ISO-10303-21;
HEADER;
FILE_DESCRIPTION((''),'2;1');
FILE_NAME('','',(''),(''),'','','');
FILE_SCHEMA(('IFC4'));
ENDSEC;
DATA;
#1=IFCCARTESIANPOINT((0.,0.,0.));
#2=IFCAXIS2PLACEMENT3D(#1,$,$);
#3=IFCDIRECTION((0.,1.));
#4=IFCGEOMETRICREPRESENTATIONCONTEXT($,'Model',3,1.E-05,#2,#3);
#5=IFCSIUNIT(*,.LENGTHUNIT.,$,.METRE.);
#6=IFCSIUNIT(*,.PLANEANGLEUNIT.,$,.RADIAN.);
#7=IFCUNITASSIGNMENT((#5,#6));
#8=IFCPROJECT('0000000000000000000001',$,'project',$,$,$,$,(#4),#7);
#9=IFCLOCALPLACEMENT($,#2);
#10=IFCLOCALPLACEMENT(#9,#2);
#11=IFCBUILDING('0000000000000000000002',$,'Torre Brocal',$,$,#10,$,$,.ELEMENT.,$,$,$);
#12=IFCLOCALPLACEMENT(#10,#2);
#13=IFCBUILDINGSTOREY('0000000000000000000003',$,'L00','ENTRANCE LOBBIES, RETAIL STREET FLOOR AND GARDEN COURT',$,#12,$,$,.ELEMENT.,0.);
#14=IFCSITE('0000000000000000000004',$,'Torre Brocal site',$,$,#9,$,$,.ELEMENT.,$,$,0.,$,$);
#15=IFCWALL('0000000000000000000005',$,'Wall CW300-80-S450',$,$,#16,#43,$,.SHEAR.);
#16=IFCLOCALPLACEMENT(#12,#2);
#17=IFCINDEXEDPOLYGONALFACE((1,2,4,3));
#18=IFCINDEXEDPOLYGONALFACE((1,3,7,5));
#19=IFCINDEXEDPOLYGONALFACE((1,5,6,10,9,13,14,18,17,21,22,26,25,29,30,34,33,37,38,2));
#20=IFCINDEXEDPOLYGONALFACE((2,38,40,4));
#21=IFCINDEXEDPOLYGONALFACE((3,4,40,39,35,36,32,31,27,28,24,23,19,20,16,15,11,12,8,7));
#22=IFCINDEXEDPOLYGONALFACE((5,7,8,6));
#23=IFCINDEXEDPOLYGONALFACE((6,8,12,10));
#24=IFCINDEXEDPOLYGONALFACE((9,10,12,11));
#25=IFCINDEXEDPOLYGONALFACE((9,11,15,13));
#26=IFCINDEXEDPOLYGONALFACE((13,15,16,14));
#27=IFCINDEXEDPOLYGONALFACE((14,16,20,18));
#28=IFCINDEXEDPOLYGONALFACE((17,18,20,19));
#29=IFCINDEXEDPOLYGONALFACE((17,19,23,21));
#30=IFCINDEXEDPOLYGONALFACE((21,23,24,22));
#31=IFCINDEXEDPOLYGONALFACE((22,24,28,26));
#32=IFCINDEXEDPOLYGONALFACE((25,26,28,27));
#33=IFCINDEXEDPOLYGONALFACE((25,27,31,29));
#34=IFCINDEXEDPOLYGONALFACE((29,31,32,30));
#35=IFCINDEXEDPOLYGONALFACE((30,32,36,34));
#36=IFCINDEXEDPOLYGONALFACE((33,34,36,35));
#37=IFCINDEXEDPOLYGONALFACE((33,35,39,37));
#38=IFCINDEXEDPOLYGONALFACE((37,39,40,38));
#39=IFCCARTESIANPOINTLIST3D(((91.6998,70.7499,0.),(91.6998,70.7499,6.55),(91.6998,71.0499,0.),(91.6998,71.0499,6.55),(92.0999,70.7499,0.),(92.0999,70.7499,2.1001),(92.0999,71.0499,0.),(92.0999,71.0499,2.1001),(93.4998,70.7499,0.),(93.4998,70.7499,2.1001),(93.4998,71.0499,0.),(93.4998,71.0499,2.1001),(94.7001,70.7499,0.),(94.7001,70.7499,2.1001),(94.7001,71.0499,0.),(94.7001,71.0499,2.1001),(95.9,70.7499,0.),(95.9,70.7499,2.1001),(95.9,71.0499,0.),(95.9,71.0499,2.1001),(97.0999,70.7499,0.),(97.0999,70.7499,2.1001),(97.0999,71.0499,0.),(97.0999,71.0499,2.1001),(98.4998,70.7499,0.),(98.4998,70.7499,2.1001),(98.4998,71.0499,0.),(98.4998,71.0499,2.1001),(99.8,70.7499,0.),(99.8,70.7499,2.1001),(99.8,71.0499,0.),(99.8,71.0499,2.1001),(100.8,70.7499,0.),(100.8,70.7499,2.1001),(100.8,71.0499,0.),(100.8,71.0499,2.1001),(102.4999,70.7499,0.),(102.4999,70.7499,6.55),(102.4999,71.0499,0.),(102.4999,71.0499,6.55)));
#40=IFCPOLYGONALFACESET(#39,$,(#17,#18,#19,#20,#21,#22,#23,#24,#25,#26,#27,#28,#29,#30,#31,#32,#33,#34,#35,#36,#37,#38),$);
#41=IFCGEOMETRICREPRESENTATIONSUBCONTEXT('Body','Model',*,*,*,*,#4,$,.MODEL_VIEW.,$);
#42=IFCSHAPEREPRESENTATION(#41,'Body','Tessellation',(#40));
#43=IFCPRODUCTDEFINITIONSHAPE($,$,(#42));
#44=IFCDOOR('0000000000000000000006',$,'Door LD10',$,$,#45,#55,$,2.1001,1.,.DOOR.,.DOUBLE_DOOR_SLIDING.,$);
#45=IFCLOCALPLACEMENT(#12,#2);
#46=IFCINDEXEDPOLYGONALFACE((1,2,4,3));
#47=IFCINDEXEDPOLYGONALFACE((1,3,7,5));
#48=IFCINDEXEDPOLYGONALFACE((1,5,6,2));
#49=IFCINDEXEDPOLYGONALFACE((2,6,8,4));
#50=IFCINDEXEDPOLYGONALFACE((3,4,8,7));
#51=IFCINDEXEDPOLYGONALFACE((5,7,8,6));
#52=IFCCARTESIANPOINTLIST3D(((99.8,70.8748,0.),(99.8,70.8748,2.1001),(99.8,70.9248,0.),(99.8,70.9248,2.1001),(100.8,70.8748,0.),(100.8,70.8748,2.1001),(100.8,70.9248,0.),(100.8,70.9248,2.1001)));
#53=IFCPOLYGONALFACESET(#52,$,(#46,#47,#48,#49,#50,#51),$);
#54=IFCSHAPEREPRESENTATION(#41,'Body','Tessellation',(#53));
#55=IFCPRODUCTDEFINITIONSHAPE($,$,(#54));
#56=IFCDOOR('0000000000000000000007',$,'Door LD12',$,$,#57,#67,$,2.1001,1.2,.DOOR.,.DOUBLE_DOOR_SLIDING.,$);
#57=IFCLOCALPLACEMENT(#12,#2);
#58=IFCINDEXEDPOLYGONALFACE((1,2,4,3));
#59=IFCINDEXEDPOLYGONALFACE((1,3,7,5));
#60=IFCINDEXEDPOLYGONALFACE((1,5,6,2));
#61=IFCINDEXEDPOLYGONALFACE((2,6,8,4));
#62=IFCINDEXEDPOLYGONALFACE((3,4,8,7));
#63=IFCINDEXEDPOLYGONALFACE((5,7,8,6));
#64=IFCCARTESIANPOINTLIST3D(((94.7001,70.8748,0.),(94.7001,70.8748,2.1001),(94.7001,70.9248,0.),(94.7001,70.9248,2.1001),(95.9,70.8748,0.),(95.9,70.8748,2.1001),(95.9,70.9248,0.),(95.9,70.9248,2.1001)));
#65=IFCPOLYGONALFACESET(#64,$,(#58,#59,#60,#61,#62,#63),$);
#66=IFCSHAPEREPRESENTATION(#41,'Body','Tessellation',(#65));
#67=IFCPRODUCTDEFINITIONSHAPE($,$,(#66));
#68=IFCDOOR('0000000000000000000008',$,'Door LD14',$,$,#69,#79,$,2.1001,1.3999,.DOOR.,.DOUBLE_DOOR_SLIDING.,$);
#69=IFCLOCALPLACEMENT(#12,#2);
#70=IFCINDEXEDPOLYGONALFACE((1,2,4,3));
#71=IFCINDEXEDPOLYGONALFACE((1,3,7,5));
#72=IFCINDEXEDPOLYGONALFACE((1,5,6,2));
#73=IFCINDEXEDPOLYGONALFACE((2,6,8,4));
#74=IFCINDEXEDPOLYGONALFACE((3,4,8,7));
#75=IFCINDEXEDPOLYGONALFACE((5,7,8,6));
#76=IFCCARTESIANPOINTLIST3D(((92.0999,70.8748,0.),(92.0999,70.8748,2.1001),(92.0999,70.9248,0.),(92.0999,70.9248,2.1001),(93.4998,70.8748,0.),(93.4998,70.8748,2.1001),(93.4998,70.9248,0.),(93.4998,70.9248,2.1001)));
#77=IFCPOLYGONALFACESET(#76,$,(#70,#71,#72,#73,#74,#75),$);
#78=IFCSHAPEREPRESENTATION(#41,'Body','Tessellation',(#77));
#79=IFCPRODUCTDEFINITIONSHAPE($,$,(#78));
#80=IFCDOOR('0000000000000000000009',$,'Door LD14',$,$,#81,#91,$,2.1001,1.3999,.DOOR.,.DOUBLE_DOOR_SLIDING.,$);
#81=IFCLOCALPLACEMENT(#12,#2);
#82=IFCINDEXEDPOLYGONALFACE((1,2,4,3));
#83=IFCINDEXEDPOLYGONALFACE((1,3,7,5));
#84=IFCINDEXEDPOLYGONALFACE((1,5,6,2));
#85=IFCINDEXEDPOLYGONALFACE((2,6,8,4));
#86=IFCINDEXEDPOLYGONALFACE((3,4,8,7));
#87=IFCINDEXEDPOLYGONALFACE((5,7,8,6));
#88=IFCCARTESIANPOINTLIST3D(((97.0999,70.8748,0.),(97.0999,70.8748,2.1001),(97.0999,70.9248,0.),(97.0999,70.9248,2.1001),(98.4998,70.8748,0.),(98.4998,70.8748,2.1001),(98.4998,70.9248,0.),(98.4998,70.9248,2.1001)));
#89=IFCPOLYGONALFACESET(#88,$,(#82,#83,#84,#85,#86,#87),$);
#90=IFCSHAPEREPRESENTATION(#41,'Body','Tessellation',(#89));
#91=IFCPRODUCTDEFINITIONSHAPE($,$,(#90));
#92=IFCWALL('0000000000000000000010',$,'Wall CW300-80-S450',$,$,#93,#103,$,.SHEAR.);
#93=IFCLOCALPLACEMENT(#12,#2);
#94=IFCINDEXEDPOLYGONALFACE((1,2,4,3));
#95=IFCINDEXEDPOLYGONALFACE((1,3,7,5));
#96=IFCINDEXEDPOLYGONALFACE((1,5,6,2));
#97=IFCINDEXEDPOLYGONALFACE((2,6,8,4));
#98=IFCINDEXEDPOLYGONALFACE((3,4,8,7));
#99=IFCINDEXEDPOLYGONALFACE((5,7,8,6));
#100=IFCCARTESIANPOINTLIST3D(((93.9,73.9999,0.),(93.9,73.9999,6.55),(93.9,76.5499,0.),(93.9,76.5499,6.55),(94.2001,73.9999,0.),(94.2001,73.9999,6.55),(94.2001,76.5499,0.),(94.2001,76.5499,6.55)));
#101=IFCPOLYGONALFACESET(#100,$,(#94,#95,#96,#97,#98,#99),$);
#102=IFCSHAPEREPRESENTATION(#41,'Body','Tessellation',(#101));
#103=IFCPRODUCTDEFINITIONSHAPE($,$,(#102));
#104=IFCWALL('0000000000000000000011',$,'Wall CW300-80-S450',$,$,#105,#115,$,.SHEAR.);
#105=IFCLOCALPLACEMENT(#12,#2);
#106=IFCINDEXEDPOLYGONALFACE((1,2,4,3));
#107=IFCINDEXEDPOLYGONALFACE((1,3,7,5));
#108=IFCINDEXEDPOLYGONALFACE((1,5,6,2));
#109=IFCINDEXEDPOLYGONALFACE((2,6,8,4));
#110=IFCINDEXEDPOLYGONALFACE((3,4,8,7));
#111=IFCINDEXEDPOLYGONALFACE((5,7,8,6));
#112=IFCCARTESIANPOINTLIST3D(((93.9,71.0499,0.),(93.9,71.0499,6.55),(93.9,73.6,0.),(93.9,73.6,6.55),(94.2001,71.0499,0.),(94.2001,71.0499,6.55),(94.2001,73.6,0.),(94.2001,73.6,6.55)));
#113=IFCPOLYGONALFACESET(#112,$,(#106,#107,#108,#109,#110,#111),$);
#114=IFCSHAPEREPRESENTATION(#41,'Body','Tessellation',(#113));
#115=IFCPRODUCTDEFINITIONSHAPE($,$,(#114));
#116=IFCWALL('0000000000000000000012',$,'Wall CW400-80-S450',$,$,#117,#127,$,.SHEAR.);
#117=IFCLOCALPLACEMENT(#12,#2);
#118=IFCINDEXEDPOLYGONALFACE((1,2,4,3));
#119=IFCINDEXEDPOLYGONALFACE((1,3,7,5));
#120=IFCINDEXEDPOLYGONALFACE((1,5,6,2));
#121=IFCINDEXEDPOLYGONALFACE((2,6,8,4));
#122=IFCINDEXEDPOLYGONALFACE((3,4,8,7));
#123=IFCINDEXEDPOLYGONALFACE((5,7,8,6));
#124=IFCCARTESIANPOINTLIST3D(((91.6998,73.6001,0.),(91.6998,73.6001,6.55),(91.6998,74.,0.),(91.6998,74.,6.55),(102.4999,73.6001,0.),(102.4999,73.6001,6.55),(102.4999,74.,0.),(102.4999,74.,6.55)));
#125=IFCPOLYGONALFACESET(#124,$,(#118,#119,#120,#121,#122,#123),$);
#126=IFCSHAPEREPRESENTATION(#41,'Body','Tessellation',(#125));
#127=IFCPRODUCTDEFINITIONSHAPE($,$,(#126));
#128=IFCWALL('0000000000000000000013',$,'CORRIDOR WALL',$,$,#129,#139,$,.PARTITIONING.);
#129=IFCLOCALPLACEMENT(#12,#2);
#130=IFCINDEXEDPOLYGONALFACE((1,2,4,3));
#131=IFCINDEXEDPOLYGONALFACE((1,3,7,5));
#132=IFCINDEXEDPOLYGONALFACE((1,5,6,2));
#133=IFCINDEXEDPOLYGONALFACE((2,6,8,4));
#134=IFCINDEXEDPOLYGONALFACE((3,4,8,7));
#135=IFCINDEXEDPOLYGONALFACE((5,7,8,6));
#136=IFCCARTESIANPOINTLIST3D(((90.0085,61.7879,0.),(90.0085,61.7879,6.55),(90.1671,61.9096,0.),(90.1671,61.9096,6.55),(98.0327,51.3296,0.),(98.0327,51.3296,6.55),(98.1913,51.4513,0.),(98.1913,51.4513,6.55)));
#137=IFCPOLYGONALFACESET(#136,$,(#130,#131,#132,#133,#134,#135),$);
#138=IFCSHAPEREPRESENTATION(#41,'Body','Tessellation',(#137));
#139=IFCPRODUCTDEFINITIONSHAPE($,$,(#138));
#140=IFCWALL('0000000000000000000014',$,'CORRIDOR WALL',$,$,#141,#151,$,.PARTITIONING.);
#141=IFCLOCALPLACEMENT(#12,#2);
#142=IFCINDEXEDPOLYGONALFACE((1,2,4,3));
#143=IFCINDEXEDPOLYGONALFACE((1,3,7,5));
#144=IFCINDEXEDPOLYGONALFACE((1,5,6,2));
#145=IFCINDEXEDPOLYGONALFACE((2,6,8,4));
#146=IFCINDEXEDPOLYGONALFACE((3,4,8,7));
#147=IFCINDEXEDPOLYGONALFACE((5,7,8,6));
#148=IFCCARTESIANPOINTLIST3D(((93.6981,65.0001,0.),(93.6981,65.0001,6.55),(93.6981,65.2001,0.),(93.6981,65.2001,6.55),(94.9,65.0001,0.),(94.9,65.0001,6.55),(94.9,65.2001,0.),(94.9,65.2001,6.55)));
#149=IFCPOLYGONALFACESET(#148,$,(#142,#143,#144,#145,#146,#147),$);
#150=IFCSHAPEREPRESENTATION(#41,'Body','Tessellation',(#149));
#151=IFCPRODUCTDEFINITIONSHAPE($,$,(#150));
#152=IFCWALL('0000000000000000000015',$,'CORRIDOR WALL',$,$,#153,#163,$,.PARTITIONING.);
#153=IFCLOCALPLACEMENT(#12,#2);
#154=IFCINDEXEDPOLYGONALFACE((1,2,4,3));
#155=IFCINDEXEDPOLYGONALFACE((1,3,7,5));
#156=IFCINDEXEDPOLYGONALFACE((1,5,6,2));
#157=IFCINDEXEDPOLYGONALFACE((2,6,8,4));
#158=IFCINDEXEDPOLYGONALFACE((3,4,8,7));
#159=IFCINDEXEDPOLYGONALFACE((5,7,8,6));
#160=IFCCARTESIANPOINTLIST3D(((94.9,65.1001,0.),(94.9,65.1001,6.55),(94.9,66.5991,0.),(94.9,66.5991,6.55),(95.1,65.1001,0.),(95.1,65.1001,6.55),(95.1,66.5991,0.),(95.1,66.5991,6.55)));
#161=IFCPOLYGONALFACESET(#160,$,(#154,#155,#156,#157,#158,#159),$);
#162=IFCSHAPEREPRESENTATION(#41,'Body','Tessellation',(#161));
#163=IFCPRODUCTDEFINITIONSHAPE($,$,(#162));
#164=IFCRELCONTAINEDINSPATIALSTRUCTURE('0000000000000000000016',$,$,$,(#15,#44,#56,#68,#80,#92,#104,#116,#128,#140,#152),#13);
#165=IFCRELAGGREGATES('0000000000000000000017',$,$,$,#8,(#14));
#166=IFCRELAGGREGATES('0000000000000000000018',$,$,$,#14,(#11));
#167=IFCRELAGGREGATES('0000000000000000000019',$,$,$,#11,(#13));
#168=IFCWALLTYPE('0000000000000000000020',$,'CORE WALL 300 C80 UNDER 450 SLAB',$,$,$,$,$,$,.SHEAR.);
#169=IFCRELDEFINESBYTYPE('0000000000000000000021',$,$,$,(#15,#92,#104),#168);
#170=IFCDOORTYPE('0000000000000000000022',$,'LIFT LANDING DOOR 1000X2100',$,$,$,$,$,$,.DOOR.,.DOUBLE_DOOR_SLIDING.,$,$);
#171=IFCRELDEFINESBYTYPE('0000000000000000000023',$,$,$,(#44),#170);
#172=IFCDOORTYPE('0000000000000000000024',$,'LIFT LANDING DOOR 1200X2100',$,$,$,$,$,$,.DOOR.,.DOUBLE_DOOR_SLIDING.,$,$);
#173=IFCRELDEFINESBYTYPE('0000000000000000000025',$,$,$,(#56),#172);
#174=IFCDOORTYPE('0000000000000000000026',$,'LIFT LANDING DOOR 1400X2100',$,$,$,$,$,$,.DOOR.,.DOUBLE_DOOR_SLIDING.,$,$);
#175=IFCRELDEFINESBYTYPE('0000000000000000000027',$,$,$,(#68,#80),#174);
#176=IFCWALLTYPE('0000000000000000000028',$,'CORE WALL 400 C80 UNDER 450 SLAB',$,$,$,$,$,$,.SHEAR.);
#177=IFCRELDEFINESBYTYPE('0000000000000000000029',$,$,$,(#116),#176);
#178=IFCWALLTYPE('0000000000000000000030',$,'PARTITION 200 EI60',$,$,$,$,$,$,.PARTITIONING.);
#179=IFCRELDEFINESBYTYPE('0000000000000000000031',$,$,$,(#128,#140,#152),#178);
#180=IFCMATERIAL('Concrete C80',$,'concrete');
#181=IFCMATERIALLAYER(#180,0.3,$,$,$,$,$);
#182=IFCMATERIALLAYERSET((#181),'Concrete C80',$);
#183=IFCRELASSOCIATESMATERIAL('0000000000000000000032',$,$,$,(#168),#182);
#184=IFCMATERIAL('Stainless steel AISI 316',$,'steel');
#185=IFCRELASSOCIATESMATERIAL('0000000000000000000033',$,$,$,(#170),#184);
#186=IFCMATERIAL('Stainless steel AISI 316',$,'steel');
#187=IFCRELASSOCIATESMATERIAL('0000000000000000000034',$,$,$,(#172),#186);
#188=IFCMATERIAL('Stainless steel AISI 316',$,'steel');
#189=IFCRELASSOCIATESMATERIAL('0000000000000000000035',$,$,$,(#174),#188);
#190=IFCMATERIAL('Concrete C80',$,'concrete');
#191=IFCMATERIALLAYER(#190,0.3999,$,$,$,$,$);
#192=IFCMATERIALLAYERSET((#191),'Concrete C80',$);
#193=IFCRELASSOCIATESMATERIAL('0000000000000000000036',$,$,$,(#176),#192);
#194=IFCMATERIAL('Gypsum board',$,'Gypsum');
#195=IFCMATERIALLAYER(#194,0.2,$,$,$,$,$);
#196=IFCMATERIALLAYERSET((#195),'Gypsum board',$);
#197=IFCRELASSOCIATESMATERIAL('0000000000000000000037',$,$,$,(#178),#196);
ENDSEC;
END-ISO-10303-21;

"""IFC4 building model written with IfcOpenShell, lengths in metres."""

from ifc_helpers import new_model, si_unit, direction, frame, frame_2d, origin, place, context, subcontext, project, spatial, rectangle, extrude, material, layer, layer_set, type_object, element, fill, save


model = new_model("IFC4")

# Units and contexts
model_context = context("Model", 3, precision=1e-05, world=origin(), true_north=direction((0.0, 1.0)))
body_context = subcontext(model_context, "Body", "Model", "MODEL_VIEW")
ifc_project = project(units=[si_unit("LENGTHUNIT", "METRE"), si_unit("PLANEANGLEUNIT", "RADIAN")], contexts=[model_context])

# Site, building, storey
site_placement = place(None, origin())
site = spatial("IfcSite", under=ifc_project, at=site_placement, Name="Torre Brocal site", CompositionType="ELEMENT", RefElevation=0.0)
building_placement = place(site_placement, origin())
building = spatial("IfcBuilding", under=site, at=building_placement, Name="Torre Brocal", CompositionType="ELEMENT")
storey_placement = place(building_placement, origin())
storey = spatial("IfcBuildingStorey", under=building, at=storey_placement, Name="L00", Description="ENTRANCE LOBBIES, RETAIL STREET FLOOR AND GARDEN COURT", CompositionType="ELEMENT", Elevation=0.0)

# Shared definitions
ifc_material_1 = material(Name="Concrete C80", Category="concrete")
ifc_layer_1 = layer(ifc_material_1, 0.3)
ifc_layer_set_1 = layer_set([ifc_layer_1], Name="Concrete C80")
wall_type_1 = type_object("IfcWallType", Name="CORE WALL 300 C80 UNDER 450 SLAB", PredefinedType="SHEAR", material=ifc_layer_set_1)

# Wall, openings, doors
wall_1_placement = place(storey_placement, frame((91.7, 70.8999, 0.0), z_axis=(0.0, 0.0, 1.0), x_axis=(1.0, 0.0, 0.0)))
wall_1 = element("IfcWall", 1, at=wall_1_placement, inside=storey, type_object=wall_type_1, Name="Wall CW300-80-S450", PredefinedType="SHEAR", context=body_context, shape_type="SweptSolid", body=[
    extrude(rectangle(XDim=10.8, YDim=0.3, at=frame_2d((5.3999, 0.0))), origin(), (0.0, 0.0, 1.0), 6.55),
])
opening_1_placement = place(wall_1_placement, frame((0.3999, 0.0, 0.0)))
opening_1 = element("IfcOpeningElement", 2, at=opening_1_placement, cuts=wall_1, PredefinedType="OPENING", context=body_context, shape_type="SweptSolid", body=[
    extrude(rectangle(XDim=1.3999, YDim=2.1001, at=frame_2d((0.7, 1.05))), frame((0.0, 0.1599, 0.0), z_axis=(0.0, -1.0, 0.0), x_axis=(1.0, 0.0, 0.0)), (0.0, 0.0, 1.0), 0.3201),
])
opening_2_placement = place(wall_1_placement, frame((3.0, 0.0, 0.0)))
opening_2 = element("IfcOpeningElement", 3, at=opening_2_placement, cuts=wall_1, PredefinedType="OPENING", context=body_context, shape_type="SweptSolid", body=[
    extrude(rectangle(XDim=1.2, YDim=2.1001, at=frame_2d((0.6001, 1.05))), frame((0.0, 0.1599, 0.0), z_axis=(0.0, -1.0, 0.0), x_axis=(1.0, 0.0, 0.0)), (0.0, 0.0, 1.0), 0.3201),
])
opening_3_placement = place(wall_1_placement, frame((5.3999, 0.0, 0.0)))
opening_3 = element("IfcOpeningElement", 4, at=opening_3_placement, cuts=wall_1, PredefinedType="OPENING", context=body_context, shape_type="SweptSolid", body=[
    extrude(rectangle(XDim=1.3999, YDim=2.1001, at=frame_2d((0.7, 1.05))), frame((0.0, 0.1599, 0.0), z_axis=(0.0, -1.0, 0.0), x_axis=(1.0, 0.0, 0.0)), (0.0, 0.0, 1.0), 0.3201),
])
opening_4_placement = place(wall_1_placement, frame((8.1001, 0.0, 0.0)))
opening_4 = element("IfcOpeningElement", 5, at=opening_4_placement, cuts=wall_1, PredefinedType="OPENING", context=body_context, shape_type="SweptSolid", body=[
    extrude(rectangle(XDim=1.0, YDim=2.1001, at=frame_2d((0.5, 1.05))), frame((0.0, 0.1599, 0.0), z_axis=(0.0, -1.0, 0.0), x_axis=(1.0, 0.0, 0.0)), (0.0, 0.0, 1.0), 0.3201),
])
ifc_material_2 = material(Name="Stainless steel AISI 316", Category="steel")
door_type_1 = type_object("IfcDoorType", Name="LIFT LANDING DOOR 1000X2100", OperationType="DOUBLE_DOOR_SLIDING", PredefinedType="DOOR", material=ifc_material_2)
door_1_placement = place(opening_4_placement, origin())
door_1 = element("IfcDoor", 6, at=door_1_placement, inside=storey, type_object=door_type_1, Name="Door LD10", OperationType="DOUBLE_DOOR_SLIDING", OverallHeight=2.1001, OverallWidth=1.0, PredefinedType="DOOR", context=body_context, shape_type="SweptSolid", body=[
    extrude(rectangle(XDim=1.0, YDim=2.1001, at=frame_2d((0.5, 1.05))), frame((0.0, 0.0249, 0.0), z_axis=(0.0, -1.0, 0.0), x_axis=(1.0, 0.0, 0.0)), (0.0, 0.0, 1.0), 0.05),
])
fill(opening_4, door_1)
ifc_material_3 = material(Name="Stainless steel AISI 316", Category="steel")
door_type_2 = type_object("IfcDoorType", Name="LIFT LANDING DOOR 1200X2100", OperationType="DOUBLE_DOOR_SLIDING", PredefinedType="DOOR", material=ifc_material_3)
door_2_placement = place(opening_2_placement, origin())
door_2 = element("IfcDoor", 7, at=door_2_placement, inside=storey, type_object=door_type_2, Name="Door LD12", OperationType="DOUBLE_DOOR_SLIDING", OverallHeight=2.1001, OverallWidth=1.2, PredefinedType="DOOR", context=body_context, shape_type="SweptSolid", body=[
    extrude(rectangle(XDim=1.2, YDim=2.1001, at=frame_2d((0.6001, 1.05))), frame((0.0, 0.0249, 0.0), z_axis=(0.0, -1.0, 0.0), x_axis=(1.0, 0.0, 0.0)), (0.0, 0.0, 1.0), 0.05),
])
fill(opening_2, door_2)
ifc_material_4 = material(Name="Stainless steel AISI 316", Category="steel")
door_type_3 = type_object("IfcDoorType", Name="LIFT LANDING DOOR 1400X2100", OperationType="DOUBLE_DOOR_SLIDING", PredefinedType="DOOR", material=ifc_material_4)
door_3_placement = place(opening_1_placement, origin())
door_3 = element("IfcDoor", 8, at=door_3_placement, inside=storey, type_object=door_type_3, Name="Door LD14", OperationType="DOUBLE_DOOR_SLIDING", OverallHeight=2.1001, OverallWidth=1.3999, PredefinedType="DOOR", context=body_context, shape_type="SweptSolid", body=[
    extrude(rectangle(XDim=1.3999, YDim=2.1001, at=frame_2d((0.7, 1.05))), frame((0.0, 0.0249, 0.0), z_axis=(0.0, -1.0, 0.0), x_axis=(1.0, 0.0, 0.0)), (0.0, 0.0, 1.0), 0.05),
])
fill(opening_1, door_3)
door_4_placement = place(opening_3_placement, origin())
door_4 = element("IfcDoor", 9, at=door_4_placement, inside=storey, type_object=door_type_3, Name="Door LD14", OperationType="DOUBLE_DOOR_SLIDING", OverallHeight=2.1001, OverallWidth=1.3999, PredefinedType="DOOR", context=body_context, shape_type="SweptSolid", body=[
    extrude(rectangle(XDim=1.3999, YDim=2.1001, at=frame_2d((0.7, 1.05))), frame((0.0, 0.0249, 0.0), z_axis=(0.0, -1.0, 0.0), x_axis=(1.0, 0.0, 0.0)), (0.0, 0.0, 1.0), 0.05),
])
fill(opening_3, door_4)

# Walls
for number, where, z_axis, x_axis, name in (
    (10, (94.05, 74.0, 0.0), (0.0, 0.0, 1.0), (0.0, 1.0, 0.0), "Wall CW300-80-S450"),
    (11, (94.05, 71.05, 0.0), (0.0, 0.0, 1.0), (0.0, 1.0, 0.0), "Wall CW300-80-S450"),
):
    element("IfcWall", number, at=place(storey_placement, frame(where, z_axis=z_axis, x_axis=x_axis)), inside=storey, type_object=wall_type_1, Name=name, PredefinedType="SHEAR", context=body_context, shape_type="SweptSolid", body=[
        extrude(rectangle(XDim=2.55, YDim=0.3, at=frame_2d((1.2749, 0.0))), origin(), (0.0, 0.0, 1.0), 6.55),
    ])
ifc_material_5 = material(Name="Concrete C80", Category="concrete")
ifc_layer_2 = layer(ifc_material_5, 0.3999)
ifc_layer_set_2 = layer_set([ifc_layer_2], Name="Concrete C80")
wall_type_2 = type_object("IfcWallType", Name="CORE WALL 400 C80 UNDER 450 SLAB", PredefinedType="SHEAR", material=ifc_layer_set_2)
wall_2_placement = place(storey_placement, frame((91.7, 73.8, 0.0), z_axis=(0.0, 0.0, 1.0), x_axis=(1.0, 0.0, 0.0)))
element("IfcWall", 12, at=wall_2_placement, inside=storey, type_object=wall_type_2, Name="Wall CW400-80-S450", PredefinedType="SHEAR", context=body_context, shape_type="SweptSolid", body=[
    extrude(rectangle(XDim=10.8, YDim=0.3999, at=frame_2d((5.3999, 0.0))), origin(), (0.0, 0.0, 1.0), 6.55),
])
ifc_material_6 = material(Name="Gypsum board", Category="Gypsum")
ifc_layer_3 = layer(ifc_material_6, 0.2)
ifc_layer_set_3 = layer_set([ifc_layer_3], Name="Gypsum board")
wall_type_3 = type_object("IfcWallType", Name="PARTITION 200 EI60", PredefinedType="PARTITIONING", material=ifc_layer_set_3)
wall_3_placement = place(storey_placement, frame((90.0879, 61.8486, 0.0), z_axis=(0.0, 0.0, 1.0), x_axis=(0.608727, -0.79338, 0.0)))
element("IfcWall", 13, at=wall_3_placement, inside=storey, type_object=wall_type_3, Name="CORRIDOR WALL", PredefinedType="PARTITIONING", context=body_context, shape_type="SweptSolid", body=[
    extrude(rectangle(XDim=13.1819, YDim=0.2, at=frame_2d((6.5908, 0.0))), origin(), (0.0, 0.0, 1.0), 6.55),
])
wall_4_placement = place(storey_placement, frame((93.698, 65.1001, 0.0), z_axis=(0.0, 0.0, 1.0), x_axis=(1.0, 0.0, 0.0)))
element("IfcWall", 14, at=wall_4_placement, inside=storey, type_object=wall_type_3, Name="CORRIDOR WALL", PredefinedType="PARTITIONING", context=body_context, shape_type="SweptSolid", body=[
    extrude(rectangle(XDim=1.2019, YDim=0.2, at=frame_2d((0.6011, 0.0))), origin(), (0.0, 0.0, 1.0), 6.55),
])
wall_5_placement = place(storey_placement, frame((95.0, 65.1001, 0.0), z_axis=(0.0, 0.0, 1.0), x_axis=(0.0, 1.0, 0.0)))
element("IfcWall", 15, at=wall_5_placement, inside=storey, type_object=wall_type_3, Name="CORRIDOR WALL", PredefinedType="PARTITIONING", context=body_context, shape_type="SweptSolid", body=[
    extrude(rectangle(XDim=1.499, YDim=0.2, at=frame_2d((0.7495, 0.0))), origin(), (0.0, 0.0, 1.0), 6.55),
])

save(model, "model.ifc")
